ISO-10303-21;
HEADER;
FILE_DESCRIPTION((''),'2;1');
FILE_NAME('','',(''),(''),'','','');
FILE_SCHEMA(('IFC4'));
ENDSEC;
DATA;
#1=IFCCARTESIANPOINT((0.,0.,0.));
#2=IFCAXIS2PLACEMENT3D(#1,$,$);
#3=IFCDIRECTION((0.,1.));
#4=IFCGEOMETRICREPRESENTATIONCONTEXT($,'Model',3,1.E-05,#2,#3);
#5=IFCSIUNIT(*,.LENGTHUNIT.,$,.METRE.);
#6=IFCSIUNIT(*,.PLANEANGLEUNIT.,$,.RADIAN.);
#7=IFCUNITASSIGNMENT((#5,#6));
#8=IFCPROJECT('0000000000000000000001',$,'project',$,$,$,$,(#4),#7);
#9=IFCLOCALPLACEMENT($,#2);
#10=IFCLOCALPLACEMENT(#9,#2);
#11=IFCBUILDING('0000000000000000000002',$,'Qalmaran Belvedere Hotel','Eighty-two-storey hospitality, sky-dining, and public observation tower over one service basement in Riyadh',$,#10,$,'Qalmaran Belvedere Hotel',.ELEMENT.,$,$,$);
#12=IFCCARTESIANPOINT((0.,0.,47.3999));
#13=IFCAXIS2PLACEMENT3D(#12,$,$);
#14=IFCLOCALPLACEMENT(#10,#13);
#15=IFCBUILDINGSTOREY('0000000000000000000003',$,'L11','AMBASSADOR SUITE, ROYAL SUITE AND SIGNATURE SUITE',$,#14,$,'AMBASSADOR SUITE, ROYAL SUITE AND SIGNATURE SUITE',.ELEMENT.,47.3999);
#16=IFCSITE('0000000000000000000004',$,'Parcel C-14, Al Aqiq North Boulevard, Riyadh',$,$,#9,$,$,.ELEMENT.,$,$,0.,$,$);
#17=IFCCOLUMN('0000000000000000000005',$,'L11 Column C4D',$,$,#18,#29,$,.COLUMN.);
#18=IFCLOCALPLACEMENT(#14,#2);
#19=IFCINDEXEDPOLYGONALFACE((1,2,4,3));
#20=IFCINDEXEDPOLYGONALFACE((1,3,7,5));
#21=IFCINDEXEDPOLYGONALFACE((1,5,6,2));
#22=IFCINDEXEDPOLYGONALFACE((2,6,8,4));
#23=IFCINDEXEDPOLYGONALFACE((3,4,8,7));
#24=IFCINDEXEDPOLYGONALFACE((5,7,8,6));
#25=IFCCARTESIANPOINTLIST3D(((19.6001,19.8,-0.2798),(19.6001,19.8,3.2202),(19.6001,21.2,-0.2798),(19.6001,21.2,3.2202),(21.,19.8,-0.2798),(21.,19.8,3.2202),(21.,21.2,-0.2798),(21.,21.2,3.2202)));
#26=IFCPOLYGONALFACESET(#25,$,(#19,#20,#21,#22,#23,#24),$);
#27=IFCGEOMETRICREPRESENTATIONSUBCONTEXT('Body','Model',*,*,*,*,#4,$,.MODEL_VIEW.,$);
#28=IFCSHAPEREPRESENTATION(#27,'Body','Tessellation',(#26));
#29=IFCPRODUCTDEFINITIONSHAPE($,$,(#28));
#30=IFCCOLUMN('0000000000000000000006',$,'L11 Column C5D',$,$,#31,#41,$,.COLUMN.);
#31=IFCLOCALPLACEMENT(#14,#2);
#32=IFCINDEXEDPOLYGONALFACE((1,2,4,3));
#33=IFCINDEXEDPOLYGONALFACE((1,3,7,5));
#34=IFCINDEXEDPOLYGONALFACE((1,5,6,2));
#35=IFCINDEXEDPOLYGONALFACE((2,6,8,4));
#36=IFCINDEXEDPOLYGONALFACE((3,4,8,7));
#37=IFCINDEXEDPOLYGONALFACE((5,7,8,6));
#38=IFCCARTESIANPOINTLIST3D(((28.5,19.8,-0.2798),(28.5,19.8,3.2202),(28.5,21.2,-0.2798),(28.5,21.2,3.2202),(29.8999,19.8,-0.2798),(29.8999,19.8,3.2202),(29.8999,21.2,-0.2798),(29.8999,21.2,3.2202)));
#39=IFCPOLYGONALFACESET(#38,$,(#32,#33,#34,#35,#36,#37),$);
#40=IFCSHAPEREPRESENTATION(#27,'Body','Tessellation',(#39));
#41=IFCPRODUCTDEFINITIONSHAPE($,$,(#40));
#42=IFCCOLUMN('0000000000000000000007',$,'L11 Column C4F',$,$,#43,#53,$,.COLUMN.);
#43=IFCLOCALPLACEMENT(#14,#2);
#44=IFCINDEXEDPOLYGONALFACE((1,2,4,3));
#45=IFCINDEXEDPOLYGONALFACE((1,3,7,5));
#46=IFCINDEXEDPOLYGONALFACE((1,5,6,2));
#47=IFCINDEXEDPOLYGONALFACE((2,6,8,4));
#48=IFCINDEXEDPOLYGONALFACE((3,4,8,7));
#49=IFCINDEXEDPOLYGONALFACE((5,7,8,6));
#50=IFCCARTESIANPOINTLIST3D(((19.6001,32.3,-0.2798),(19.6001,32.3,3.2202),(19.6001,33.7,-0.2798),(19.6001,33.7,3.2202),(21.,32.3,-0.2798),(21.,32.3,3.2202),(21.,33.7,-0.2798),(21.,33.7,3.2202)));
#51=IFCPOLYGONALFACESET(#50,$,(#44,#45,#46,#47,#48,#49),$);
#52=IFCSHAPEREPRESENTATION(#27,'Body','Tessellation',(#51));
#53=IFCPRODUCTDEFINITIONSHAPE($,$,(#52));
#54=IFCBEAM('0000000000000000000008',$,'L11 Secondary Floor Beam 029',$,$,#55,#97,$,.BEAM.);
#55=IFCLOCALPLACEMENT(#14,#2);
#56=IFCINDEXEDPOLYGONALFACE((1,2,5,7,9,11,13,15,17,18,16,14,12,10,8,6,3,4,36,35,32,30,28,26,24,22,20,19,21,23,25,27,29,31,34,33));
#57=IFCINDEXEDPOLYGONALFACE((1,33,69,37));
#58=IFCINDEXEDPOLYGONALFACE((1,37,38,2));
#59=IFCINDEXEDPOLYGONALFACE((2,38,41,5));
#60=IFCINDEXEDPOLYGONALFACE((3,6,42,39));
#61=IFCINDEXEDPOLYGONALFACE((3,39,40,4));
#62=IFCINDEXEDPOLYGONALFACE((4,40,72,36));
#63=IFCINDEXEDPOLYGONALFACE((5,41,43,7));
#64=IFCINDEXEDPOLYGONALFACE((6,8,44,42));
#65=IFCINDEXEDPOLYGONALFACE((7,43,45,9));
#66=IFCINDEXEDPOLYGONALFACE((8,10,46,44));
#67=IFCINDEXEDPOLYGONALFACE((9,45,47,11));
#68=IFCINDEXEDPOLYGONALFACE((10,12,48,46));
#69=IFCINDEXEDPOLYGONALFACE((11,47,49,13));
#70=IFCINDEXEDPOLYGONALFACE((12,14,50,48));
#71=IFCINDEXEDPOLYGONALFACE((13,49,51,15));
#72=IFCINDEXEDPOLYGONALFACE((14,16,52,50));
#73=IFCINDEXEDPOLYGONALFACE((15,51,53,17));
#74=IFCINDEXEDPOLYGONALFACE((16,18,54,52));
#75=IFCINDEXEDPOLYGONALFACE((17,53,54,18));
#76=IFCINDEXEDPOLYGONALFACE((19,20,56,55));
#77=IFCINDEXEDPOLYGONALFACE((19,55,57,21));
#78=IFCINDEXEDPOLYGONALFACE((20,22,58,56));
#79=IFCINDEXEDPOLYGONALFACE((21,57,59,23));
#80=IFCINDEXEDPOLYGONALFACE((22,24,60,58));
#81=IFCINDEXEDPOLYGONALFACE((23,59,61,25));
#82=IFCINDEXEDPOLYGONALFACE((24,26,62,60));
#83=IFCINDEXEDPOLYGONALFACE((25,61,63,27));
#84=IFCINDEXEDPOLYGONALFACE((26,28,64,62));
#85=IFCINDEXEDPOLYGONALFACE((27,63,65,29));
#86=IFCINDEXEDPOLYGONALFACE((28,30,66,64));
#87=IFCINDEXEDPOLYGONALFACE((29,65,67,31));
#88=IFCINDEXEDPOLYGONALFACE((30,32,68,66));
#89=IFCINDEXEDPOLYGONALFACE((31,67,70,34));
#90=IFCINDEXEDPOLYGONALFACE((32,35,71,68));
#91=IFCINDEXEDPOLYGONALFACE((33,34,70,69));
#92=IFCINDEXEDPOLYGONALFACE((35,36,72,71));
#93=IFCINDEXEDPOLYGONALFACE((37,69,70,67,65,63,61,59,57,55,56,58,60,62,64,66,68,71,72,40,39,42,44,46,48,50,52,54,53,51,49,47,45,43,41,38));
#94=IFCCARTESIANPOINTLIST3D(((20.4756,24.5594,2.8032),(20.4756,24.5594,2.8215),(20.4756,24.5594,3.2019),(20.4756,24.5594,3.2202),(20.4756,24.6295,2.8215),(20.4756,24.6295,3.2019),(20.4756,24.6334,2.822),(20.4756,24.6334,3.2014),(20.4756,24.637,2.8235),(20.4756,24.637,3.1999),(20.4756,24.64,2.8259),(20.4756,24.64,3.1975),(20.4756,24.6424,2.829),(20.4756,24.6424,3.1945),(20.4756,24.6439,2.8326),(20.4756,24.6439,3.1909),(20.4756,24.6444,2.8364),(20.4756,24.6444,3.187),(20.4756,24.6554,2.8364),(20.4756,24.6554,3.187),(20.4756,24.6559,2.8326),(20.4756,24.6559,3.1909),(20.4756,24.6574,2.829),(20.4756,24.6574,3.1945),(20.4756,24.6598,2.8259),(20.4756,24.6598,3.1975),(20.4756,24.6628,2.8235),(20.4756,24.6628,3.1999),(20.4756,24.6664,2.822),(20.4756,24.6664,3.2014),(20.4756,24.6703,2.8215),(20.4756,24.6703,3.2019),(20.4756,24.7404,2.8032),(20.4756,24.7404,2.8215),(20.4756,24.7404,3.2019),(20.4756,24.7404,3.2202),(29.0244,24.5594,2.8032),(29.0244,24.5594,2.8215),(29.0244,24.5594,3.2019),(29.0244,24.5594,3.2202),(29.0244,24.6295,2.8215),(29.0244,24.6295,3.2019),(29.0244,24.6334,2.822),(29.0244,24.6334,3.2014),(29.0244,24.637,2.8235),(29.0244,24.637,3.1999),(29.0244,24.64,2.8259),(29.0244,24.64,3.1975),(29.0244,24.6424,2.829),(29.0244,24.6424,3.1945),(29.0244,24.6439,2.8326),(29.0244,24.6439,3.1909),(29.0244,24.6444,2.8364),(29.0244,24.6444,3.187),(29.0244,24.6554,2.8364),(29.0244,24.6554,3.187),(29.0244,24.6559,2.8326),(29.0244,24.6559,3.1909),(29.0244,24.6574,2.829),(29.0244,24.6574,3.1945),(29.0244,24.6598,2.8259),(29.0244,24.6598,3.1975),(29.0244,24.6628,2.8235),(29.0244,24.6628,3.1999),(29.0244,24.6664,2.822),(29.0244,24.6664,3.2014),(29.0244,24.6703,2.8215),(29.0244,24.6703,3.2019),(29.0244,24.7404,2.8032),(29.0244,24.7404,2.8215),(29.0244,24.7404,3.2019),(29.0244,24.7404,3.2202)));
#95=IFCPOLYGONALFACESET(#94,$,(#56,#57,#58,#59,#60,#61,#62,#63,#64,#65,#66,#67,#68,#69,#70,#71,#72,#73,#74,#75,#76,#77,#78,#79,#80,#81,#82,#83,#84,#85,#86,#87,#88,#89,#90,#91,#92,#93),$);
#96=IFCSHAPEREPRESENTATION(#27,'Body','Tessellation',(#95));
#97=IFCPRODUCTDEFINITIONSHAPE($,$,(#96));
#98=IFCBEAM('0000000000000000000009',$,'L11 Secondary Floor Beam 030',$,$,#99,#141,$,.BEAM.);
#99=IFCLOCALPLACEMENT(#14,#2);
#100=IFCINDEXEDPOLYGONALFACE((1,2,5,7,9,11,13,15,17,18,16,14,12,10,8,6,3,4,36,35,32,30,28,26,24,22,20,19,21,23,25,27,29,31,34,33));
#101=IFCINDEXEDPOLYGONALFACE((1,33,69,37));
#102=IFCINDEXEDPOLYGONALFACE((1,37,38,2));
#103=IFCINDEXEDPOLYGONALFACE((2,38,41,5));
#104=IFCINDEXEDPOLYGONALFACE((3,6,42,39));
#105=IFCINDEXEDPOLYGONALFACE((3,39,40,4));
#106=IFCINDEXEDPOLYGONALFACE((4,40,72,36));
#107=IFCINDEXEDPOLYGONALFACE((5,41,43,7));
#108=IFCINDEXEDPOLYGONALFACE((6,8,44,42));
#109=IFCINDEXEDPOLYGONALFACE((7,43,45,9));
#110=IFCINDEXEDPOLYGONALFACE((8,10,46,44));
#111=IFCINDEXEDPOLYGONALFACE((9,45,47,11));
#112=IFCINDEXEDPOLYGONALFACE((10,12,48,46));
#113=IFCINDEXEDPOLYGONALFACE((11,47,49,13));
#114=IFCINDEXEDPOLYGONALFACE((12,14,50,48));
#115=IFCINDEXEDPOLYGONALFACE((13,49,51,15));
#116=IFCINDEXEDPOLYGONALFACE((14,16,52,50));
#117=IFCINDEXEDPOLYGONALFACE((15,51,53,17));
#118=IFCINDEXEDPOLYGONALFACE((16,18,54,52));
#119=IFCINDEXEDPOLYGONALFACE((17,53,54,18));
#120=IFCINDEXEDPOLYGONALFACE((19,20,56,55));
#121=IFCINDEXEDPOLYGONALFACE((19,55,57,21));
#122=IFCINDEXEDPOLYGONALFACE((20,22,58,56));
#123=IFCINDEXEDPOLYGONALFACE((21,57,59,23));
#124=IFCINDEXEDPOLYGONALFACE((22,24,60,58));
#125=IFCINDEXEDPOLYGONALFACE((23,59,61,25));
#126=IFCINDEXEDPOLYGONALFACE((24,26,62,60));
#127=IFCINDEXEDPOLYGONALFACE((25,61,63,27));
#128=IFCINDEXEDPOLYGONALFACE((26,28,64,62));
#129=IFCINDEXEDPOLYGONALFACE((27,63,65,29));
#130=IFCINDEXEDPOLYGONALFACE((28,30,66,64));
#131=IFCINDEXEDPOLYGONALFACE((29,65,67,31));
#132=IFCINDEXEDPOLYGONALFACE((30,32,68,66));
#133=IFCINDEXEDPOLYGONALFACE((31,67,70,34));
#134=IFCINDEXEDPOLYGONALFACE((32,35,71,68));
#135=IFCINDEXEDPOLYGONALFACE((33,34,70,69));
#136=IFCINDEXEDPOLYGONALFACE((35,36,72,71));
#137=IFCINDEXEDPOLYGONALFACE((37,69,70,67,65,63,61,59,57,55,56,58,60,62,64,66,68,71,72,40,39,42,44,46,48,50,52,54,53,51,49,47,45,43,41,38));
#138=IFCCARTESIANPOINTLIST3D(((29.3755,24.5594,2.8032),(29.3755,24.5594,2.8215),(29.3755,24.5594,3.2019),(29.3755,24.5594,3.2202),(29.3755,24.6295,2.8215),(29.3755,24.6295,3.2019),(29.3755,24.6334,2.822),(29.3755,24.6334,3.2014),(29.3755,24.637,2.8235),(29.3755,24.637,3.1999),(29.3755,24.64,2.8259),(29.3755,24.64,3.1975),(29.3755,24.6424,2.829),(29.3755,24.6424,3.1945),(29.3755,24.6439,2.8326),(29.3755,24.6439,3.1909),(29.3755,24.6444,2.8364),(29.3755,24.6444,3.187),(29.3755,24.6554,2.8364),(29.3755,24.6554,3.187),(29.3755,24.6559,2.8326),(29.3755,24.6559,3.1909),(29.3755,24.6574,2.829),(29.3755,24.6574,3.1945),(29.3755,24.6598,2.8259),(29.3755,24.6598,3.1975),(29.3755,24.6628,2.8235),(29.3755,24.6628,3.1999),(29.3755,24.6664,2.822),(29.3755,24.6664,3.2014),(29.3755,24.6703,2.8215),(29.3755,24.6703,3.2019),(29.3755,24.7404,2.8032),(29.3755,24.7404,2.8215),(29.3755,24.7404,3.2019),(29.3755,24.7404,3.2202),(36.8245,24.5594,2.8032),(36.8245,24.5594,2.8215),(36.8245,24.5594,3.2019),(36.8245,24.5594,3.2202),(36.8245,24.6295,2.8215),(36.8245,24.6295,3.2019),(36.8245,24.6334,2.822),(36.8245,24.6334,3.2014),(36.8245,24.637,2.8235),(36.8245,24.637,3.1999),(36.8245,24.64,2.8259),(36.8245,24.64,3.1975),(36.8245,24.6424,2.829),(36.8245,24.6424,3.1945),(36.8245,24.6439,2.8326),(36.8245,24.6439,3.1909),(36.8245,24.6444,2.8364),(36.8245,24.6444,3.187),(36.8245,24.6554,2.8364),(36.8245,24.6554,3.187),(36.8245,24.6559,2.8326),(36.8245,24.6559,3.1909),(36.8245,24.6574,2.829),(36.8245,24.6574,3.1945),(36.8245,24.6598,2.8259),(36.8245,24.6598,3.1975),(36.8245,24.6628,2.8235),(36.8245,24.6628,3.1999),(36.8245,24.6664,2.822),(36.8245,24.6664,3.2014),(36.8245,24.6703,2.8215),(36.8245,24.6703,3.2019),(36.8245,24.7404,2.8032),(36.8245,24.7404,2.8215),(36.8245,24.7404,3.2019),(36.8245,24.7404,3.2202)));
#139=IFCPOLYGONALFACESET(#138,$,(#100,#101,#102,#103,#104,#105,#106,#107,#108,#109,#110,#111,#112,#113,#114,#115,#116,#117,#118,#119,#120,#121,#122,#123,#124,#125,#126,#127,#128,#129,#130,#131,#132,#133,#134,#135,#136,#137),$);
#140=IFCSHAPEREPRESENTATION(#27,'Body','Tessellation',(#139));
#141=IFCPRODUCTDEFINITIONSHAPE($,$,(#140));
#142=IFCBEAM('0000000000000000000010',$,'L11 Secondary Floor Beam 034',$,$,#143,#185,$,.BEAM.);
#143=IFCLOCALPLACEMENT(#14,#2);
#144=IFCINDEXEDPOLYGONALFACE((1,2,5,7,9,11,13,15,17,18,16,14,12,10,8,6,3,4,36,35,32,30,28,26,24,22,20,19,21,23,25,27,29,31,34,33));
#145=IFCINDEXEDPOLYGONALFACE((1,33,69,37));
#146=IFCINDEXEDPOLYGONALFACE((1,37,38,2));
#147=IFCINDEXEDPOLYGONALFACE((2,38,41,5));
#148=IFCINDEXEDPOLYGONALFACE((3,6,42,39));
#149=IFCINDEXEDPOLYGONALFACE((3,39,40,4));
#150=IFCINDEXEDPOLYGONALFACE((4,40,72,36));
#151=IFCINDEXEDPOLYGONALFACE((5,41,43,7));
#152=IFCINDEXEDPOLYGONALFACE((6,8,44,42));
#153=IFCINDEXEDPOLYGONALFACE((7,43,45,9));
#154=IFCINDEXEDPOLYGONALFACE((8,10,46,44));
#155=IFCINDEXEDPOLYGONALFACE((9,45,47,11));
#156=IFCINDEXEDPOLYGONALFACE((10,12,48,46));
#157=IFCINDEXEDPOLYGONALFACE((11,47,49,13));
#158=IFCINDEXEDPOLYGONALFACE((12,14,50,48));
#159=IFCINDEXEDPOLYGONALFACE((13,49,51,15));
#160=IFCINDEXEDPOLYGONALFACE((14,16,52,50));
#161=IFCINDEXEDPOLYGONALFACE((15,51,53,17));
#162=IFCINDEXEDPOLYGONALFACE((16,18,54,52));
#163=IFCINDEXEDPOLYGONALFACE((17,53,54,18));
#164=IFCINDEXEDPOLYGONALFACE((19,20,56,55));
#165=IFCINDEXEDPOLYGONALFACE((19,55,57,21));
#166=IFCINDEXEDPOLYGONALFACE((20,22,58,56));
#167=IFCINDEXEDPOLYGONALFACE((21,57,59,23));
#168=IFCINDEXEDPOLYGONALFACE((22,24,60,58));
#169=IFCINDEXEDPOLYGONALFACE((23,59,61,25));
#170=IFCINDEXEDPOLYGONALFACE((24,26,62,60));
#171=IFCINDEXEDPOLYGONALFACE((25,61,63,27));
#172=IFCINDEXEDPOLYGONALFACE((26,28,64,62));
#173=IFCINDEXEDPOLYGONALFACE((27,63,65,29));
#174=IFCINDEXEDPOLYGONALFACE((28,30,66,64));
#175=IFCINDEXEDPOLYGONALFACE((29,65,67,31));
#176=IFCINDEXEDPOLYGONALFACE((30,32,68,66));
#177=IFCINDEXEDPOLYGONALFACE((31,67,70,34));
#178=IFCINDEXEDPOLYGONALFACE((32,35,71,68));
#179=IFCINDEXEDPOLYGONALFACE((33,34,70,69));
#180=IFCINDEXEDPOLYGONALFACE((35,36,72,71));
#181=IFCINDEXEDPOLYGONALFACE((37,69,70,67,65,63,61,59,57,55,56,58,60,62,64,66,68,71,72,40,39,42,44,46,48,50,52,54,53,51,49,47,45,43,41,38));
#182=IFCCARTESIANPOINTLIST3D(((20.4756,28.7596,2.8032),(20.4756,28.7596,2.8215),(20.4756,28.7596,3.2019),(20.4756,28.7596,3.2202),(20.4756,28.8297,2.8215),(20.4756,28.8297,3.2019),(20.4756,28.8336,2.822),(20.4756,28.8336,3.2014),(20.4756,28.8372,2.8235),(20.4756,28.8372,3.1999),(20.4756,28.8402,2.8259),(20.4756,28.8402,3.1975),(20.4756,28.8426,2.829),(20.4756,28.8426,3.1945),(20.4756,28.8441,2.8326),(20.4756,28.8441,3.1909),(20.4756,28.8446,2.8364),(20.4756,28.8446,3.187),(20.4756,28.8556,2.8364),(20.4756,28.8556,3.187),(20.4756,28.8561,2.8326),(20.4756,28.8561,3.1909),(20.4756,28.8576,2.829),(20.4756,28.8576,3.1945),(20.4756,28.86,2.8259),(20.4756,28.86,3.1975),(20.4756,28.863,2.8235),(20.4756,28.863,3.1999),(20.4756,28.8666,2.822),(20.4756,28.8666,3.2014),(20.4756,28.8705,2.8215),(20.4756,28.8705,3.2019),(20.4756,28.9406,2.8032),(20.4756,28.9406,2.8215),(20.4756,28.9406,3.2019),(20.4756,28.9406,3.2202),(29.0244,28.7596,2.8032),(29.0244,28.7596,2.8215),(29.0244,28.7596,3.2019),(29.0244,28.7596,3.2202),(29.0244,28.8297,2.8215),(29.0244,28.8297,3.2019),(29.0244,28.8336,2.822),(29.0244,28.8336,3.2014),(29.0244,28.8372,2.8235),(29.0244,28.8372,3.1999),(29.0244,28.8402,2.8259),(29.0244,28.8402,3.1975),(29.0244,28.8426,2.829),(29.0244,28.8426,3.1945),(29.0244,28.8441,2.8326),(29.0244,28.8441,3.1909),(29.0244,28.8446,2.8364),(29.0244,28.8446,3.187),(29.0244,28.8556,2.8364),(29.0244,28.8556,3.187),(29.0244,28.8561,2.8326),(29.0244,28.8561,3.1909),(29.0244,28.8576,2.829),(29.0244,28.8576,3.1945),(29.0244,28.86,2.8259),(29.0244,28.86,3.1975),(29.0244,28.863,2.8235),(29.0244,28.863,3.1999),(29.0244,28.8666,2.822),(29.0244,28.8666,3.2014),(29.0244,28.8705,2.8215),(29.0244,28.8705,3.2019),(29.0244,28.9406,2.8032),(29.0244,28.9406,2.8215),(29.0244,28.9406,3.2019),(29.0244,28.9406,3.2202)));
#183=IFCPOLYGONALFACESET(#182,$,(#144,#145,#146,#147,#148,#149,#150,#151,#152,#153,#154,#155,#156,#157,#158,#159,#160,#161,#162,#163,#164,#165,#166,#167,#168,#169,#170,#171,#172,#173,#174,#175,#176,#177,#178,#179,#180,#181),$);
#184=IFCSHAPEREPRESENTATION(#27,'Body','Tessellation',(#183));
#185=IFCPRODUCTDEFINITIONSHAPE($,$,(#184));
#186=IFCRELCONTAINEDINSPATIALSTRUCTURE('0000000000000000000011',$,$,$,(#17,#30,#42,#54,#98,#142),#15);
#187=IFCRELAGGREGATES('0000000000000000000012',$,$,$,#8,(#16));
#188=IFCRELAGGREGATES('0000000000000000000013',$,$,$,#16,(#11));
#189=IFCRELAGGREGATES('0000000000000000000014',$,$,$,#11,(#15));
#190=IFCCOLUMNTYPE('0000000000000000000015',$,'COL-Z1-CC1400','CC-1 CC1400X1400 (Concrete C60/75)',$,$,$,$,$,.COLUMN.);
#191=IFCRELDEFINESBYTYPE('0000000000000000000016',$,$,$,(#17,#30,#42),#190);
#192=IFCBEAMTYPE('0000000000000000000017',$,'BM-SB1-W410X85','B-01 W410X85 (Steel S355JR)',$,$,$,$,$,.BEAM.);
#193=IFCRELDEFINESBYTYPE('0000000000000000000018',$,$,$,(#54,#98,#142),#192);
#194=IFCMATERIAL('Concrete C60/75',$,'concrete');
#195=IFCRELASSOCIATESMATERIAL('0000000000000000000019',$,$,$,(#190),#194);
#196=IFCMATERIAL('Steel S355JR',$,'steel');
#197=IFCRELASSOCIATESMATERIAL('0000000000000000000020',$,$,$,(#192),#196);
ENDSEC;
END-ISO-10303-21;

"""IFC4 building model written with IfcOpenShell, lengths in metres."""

from ifc_helpers import new_model, si_unit, direction, frame, origin, origin_2d, place, context, subcontext, project, spatial, rectangle, i_section, extrude, material, material_profile, profile_set, type_object, element, save


model = new_model("IFC4")

# Units and contexts
model_context = context("Model", 3, precision=1e-05, world=origin(), true_north=direction((0.0, 1.0)))
body_context = subcontext(model_context, "Body", "Model", "MODEL_VIEW")
ifc_project = project(units=[si_unit("LENGTHUNIT", "METRE"), si_unit("PLANEANGLEUNIT", "RADIAN")], contexts=[model_context])

# Site, building, storey
site_placement = place(None, origin())
site = spatial("IfcSite", under=ifc_project, at=site_placement, Name="Parcel C-14, Al Aqiq North Boulevard, Riyadh", CompositionType="ELEMENT", RefElevation=0.0)
building_placement = place(site_placement, origin())
building = spatial("IfcBuilding", under=site, at=building_placement, Name="Qalmaran Belvedere Hotel", Description="Eighty-two-storey hospitality, sky-dining, and public observation tower over one service basement in Riyadh", LongName="Qalmaran Belvedere Hotel", CompositionType="ELEMENT")
storey_placement = place(building_placement, frame((0.0, 0.0, 47.3999)))
storey = spatial("IfcBuildingStorey", under=building, at=storey_placement, Name="L11", Description="AMBASSADOR SUITE, ROYAL SUITE AND SIGNATURE SUITE", LongName="AMBASSADOR SUITE, ROYAL SUITE AND SIGNATURE SUITE", CompositionType="ELEMENT", Elevation=47.3999)

# Columns
ifc_material_1 = material(Name="Concrete C60/75", Category="concrete")
ifc_material_profile_1 = material_profile(ifc_material_1, rectangle(XDim=1.3999, YDim=1.3999, at=origin_2d()), Name="CC1400X1400")
ifc_profile_set_1 = profile_set([ifc_material_profile_1], Name="Concrete C60/75")
column_type = type_object("IfcColumnType", Name="COL-Z1-CC1400", Description="CC-1 CC1400X1400 (Concrete C60/75)", PredefinedType="COLUMN", material=ifc_profile_set_1)
for number, where, z_axis, x_axis, name in (
    (1, (20.3, 20.5, -0.2798), (0.0, 0.0, 1.0), (1.0, 0.0, 0.0), "L11 Column C4D"),
    (2, (29.2, 20.5, -0.2798), (0.0, 0.0, 1.0), (1.0, 0.0, 0.0), "L11 Column C5D"),
    (3, (20.3, 33.0, -0.2798), (0.0, 0.0, 1.0), (1.0, 0.0, 0.0), "L11 Column C4F"),
):
    element("IfcColumn", number, at=place(storey_placement, frame(where, z_axis=z_axis, x_axis=x_axis)), inside=storey, type_object=column_type, Name=name, PredefinedType="COLUMN", context=body_context, shape_type="SweptSolid", body=[
        extrude(rectangle(XDim=1.3999, YDim=1.3999, at=origin_2d()), origin(), (0.0, 0.0, 1.0), 3.5),
    ])

# Beams
ifc_material_2 = material(Name="Steel S355JR", Category="steel")
ifc_material_profile_2 = material_profile(ifc_material_2, i_section(OverallWidth=0.1809, OverallDepth=0.417, WebThickness=0.011, FlangeThickness=0.0183, FilletRadius=0.0149, at=origin_2d()), Name="W410X85")
ifc_profile_set_2 = profile_set([ifc_material_profile_2], Name="Steel S355JR")
beam_type_1 = type_object("IfcBeamType", Name="BM-SB1-W410X85", Description="B-01 W410X85 (Steel S355JR)", PredefinedType="BEAM", material=ifc_profile_set_2)
beam_1_placement = place(storey_placement, frame((20.4756, 24.6499, 3.0117), z_axis=(1.0, 0.0, 0.0), x_axis=(0.0, 1.0, 0.0)))
element("IfcBeam", 4, at=beam_1_placement, inside=storey, type_object=beam_type_1, Name="L11 Secondary Floor Beam 029", PredefinedType="BEAM", context=body_context, shape_type="SweptSolid", body=[
    extrude(i_section(OverallWidth=0.1809, OverallDepth=0.417, WebThickness=0.011, FlangeThickness=0.0183, FilletRadius=0.0149, at=origin_2d()), origin(), (0.0, 0.0, 1.0), 8.5488),
])
beam_2_placement = place(storey_placement, frame((29.3755, 24.6499, 3.0117), z_axis=(1.0, 0.0, 0.0), x_axis=(0.0, 1.0, 0.0)))
element("IfcBeam", 5, at=beam_2_placement, inside=storey, type_object=beam_type_1, Name="L11 Secondary Floor Beam 030", PredefinedType="BEAM", context=body_context, shape_type="SweptSolid", body=[
    extrude(i_section(OverallWidth=0.1809, OverallDepth=0.417, WebThickness=0.011, FlangeThickness=0.0183, FilletRadius=0.0149, at=origin_2d()), origin(), (0.0, 0.0, 1.0), 7.449),
])
beam_3_placement = place(storey_placement, frame((20.4756, 28.8501, 3.0117), z_axis=(1.0, 0.0, 0.0), x_axis=(0.0, 1.0, 0.0)))
element("IfcBeam", 6, at=beam_3_placement, inside=storey, type_object=beam_type_1, Name="L11 Secondary Floor Beam 034", PredefinedType="BEAM", context=body_context, shape_type="SweptSolid", body=[
    extrude(i_section(OverallWidth=0.1809, OverallDepth=0.417, WebThickness=0.011, FlangeThickness=0.0183, FilletRadius=0.0149, at=origin_2d()), origin(), (0.0, 0.0, 1.0), 8.5488),
])

save(model, "model.ifc")
